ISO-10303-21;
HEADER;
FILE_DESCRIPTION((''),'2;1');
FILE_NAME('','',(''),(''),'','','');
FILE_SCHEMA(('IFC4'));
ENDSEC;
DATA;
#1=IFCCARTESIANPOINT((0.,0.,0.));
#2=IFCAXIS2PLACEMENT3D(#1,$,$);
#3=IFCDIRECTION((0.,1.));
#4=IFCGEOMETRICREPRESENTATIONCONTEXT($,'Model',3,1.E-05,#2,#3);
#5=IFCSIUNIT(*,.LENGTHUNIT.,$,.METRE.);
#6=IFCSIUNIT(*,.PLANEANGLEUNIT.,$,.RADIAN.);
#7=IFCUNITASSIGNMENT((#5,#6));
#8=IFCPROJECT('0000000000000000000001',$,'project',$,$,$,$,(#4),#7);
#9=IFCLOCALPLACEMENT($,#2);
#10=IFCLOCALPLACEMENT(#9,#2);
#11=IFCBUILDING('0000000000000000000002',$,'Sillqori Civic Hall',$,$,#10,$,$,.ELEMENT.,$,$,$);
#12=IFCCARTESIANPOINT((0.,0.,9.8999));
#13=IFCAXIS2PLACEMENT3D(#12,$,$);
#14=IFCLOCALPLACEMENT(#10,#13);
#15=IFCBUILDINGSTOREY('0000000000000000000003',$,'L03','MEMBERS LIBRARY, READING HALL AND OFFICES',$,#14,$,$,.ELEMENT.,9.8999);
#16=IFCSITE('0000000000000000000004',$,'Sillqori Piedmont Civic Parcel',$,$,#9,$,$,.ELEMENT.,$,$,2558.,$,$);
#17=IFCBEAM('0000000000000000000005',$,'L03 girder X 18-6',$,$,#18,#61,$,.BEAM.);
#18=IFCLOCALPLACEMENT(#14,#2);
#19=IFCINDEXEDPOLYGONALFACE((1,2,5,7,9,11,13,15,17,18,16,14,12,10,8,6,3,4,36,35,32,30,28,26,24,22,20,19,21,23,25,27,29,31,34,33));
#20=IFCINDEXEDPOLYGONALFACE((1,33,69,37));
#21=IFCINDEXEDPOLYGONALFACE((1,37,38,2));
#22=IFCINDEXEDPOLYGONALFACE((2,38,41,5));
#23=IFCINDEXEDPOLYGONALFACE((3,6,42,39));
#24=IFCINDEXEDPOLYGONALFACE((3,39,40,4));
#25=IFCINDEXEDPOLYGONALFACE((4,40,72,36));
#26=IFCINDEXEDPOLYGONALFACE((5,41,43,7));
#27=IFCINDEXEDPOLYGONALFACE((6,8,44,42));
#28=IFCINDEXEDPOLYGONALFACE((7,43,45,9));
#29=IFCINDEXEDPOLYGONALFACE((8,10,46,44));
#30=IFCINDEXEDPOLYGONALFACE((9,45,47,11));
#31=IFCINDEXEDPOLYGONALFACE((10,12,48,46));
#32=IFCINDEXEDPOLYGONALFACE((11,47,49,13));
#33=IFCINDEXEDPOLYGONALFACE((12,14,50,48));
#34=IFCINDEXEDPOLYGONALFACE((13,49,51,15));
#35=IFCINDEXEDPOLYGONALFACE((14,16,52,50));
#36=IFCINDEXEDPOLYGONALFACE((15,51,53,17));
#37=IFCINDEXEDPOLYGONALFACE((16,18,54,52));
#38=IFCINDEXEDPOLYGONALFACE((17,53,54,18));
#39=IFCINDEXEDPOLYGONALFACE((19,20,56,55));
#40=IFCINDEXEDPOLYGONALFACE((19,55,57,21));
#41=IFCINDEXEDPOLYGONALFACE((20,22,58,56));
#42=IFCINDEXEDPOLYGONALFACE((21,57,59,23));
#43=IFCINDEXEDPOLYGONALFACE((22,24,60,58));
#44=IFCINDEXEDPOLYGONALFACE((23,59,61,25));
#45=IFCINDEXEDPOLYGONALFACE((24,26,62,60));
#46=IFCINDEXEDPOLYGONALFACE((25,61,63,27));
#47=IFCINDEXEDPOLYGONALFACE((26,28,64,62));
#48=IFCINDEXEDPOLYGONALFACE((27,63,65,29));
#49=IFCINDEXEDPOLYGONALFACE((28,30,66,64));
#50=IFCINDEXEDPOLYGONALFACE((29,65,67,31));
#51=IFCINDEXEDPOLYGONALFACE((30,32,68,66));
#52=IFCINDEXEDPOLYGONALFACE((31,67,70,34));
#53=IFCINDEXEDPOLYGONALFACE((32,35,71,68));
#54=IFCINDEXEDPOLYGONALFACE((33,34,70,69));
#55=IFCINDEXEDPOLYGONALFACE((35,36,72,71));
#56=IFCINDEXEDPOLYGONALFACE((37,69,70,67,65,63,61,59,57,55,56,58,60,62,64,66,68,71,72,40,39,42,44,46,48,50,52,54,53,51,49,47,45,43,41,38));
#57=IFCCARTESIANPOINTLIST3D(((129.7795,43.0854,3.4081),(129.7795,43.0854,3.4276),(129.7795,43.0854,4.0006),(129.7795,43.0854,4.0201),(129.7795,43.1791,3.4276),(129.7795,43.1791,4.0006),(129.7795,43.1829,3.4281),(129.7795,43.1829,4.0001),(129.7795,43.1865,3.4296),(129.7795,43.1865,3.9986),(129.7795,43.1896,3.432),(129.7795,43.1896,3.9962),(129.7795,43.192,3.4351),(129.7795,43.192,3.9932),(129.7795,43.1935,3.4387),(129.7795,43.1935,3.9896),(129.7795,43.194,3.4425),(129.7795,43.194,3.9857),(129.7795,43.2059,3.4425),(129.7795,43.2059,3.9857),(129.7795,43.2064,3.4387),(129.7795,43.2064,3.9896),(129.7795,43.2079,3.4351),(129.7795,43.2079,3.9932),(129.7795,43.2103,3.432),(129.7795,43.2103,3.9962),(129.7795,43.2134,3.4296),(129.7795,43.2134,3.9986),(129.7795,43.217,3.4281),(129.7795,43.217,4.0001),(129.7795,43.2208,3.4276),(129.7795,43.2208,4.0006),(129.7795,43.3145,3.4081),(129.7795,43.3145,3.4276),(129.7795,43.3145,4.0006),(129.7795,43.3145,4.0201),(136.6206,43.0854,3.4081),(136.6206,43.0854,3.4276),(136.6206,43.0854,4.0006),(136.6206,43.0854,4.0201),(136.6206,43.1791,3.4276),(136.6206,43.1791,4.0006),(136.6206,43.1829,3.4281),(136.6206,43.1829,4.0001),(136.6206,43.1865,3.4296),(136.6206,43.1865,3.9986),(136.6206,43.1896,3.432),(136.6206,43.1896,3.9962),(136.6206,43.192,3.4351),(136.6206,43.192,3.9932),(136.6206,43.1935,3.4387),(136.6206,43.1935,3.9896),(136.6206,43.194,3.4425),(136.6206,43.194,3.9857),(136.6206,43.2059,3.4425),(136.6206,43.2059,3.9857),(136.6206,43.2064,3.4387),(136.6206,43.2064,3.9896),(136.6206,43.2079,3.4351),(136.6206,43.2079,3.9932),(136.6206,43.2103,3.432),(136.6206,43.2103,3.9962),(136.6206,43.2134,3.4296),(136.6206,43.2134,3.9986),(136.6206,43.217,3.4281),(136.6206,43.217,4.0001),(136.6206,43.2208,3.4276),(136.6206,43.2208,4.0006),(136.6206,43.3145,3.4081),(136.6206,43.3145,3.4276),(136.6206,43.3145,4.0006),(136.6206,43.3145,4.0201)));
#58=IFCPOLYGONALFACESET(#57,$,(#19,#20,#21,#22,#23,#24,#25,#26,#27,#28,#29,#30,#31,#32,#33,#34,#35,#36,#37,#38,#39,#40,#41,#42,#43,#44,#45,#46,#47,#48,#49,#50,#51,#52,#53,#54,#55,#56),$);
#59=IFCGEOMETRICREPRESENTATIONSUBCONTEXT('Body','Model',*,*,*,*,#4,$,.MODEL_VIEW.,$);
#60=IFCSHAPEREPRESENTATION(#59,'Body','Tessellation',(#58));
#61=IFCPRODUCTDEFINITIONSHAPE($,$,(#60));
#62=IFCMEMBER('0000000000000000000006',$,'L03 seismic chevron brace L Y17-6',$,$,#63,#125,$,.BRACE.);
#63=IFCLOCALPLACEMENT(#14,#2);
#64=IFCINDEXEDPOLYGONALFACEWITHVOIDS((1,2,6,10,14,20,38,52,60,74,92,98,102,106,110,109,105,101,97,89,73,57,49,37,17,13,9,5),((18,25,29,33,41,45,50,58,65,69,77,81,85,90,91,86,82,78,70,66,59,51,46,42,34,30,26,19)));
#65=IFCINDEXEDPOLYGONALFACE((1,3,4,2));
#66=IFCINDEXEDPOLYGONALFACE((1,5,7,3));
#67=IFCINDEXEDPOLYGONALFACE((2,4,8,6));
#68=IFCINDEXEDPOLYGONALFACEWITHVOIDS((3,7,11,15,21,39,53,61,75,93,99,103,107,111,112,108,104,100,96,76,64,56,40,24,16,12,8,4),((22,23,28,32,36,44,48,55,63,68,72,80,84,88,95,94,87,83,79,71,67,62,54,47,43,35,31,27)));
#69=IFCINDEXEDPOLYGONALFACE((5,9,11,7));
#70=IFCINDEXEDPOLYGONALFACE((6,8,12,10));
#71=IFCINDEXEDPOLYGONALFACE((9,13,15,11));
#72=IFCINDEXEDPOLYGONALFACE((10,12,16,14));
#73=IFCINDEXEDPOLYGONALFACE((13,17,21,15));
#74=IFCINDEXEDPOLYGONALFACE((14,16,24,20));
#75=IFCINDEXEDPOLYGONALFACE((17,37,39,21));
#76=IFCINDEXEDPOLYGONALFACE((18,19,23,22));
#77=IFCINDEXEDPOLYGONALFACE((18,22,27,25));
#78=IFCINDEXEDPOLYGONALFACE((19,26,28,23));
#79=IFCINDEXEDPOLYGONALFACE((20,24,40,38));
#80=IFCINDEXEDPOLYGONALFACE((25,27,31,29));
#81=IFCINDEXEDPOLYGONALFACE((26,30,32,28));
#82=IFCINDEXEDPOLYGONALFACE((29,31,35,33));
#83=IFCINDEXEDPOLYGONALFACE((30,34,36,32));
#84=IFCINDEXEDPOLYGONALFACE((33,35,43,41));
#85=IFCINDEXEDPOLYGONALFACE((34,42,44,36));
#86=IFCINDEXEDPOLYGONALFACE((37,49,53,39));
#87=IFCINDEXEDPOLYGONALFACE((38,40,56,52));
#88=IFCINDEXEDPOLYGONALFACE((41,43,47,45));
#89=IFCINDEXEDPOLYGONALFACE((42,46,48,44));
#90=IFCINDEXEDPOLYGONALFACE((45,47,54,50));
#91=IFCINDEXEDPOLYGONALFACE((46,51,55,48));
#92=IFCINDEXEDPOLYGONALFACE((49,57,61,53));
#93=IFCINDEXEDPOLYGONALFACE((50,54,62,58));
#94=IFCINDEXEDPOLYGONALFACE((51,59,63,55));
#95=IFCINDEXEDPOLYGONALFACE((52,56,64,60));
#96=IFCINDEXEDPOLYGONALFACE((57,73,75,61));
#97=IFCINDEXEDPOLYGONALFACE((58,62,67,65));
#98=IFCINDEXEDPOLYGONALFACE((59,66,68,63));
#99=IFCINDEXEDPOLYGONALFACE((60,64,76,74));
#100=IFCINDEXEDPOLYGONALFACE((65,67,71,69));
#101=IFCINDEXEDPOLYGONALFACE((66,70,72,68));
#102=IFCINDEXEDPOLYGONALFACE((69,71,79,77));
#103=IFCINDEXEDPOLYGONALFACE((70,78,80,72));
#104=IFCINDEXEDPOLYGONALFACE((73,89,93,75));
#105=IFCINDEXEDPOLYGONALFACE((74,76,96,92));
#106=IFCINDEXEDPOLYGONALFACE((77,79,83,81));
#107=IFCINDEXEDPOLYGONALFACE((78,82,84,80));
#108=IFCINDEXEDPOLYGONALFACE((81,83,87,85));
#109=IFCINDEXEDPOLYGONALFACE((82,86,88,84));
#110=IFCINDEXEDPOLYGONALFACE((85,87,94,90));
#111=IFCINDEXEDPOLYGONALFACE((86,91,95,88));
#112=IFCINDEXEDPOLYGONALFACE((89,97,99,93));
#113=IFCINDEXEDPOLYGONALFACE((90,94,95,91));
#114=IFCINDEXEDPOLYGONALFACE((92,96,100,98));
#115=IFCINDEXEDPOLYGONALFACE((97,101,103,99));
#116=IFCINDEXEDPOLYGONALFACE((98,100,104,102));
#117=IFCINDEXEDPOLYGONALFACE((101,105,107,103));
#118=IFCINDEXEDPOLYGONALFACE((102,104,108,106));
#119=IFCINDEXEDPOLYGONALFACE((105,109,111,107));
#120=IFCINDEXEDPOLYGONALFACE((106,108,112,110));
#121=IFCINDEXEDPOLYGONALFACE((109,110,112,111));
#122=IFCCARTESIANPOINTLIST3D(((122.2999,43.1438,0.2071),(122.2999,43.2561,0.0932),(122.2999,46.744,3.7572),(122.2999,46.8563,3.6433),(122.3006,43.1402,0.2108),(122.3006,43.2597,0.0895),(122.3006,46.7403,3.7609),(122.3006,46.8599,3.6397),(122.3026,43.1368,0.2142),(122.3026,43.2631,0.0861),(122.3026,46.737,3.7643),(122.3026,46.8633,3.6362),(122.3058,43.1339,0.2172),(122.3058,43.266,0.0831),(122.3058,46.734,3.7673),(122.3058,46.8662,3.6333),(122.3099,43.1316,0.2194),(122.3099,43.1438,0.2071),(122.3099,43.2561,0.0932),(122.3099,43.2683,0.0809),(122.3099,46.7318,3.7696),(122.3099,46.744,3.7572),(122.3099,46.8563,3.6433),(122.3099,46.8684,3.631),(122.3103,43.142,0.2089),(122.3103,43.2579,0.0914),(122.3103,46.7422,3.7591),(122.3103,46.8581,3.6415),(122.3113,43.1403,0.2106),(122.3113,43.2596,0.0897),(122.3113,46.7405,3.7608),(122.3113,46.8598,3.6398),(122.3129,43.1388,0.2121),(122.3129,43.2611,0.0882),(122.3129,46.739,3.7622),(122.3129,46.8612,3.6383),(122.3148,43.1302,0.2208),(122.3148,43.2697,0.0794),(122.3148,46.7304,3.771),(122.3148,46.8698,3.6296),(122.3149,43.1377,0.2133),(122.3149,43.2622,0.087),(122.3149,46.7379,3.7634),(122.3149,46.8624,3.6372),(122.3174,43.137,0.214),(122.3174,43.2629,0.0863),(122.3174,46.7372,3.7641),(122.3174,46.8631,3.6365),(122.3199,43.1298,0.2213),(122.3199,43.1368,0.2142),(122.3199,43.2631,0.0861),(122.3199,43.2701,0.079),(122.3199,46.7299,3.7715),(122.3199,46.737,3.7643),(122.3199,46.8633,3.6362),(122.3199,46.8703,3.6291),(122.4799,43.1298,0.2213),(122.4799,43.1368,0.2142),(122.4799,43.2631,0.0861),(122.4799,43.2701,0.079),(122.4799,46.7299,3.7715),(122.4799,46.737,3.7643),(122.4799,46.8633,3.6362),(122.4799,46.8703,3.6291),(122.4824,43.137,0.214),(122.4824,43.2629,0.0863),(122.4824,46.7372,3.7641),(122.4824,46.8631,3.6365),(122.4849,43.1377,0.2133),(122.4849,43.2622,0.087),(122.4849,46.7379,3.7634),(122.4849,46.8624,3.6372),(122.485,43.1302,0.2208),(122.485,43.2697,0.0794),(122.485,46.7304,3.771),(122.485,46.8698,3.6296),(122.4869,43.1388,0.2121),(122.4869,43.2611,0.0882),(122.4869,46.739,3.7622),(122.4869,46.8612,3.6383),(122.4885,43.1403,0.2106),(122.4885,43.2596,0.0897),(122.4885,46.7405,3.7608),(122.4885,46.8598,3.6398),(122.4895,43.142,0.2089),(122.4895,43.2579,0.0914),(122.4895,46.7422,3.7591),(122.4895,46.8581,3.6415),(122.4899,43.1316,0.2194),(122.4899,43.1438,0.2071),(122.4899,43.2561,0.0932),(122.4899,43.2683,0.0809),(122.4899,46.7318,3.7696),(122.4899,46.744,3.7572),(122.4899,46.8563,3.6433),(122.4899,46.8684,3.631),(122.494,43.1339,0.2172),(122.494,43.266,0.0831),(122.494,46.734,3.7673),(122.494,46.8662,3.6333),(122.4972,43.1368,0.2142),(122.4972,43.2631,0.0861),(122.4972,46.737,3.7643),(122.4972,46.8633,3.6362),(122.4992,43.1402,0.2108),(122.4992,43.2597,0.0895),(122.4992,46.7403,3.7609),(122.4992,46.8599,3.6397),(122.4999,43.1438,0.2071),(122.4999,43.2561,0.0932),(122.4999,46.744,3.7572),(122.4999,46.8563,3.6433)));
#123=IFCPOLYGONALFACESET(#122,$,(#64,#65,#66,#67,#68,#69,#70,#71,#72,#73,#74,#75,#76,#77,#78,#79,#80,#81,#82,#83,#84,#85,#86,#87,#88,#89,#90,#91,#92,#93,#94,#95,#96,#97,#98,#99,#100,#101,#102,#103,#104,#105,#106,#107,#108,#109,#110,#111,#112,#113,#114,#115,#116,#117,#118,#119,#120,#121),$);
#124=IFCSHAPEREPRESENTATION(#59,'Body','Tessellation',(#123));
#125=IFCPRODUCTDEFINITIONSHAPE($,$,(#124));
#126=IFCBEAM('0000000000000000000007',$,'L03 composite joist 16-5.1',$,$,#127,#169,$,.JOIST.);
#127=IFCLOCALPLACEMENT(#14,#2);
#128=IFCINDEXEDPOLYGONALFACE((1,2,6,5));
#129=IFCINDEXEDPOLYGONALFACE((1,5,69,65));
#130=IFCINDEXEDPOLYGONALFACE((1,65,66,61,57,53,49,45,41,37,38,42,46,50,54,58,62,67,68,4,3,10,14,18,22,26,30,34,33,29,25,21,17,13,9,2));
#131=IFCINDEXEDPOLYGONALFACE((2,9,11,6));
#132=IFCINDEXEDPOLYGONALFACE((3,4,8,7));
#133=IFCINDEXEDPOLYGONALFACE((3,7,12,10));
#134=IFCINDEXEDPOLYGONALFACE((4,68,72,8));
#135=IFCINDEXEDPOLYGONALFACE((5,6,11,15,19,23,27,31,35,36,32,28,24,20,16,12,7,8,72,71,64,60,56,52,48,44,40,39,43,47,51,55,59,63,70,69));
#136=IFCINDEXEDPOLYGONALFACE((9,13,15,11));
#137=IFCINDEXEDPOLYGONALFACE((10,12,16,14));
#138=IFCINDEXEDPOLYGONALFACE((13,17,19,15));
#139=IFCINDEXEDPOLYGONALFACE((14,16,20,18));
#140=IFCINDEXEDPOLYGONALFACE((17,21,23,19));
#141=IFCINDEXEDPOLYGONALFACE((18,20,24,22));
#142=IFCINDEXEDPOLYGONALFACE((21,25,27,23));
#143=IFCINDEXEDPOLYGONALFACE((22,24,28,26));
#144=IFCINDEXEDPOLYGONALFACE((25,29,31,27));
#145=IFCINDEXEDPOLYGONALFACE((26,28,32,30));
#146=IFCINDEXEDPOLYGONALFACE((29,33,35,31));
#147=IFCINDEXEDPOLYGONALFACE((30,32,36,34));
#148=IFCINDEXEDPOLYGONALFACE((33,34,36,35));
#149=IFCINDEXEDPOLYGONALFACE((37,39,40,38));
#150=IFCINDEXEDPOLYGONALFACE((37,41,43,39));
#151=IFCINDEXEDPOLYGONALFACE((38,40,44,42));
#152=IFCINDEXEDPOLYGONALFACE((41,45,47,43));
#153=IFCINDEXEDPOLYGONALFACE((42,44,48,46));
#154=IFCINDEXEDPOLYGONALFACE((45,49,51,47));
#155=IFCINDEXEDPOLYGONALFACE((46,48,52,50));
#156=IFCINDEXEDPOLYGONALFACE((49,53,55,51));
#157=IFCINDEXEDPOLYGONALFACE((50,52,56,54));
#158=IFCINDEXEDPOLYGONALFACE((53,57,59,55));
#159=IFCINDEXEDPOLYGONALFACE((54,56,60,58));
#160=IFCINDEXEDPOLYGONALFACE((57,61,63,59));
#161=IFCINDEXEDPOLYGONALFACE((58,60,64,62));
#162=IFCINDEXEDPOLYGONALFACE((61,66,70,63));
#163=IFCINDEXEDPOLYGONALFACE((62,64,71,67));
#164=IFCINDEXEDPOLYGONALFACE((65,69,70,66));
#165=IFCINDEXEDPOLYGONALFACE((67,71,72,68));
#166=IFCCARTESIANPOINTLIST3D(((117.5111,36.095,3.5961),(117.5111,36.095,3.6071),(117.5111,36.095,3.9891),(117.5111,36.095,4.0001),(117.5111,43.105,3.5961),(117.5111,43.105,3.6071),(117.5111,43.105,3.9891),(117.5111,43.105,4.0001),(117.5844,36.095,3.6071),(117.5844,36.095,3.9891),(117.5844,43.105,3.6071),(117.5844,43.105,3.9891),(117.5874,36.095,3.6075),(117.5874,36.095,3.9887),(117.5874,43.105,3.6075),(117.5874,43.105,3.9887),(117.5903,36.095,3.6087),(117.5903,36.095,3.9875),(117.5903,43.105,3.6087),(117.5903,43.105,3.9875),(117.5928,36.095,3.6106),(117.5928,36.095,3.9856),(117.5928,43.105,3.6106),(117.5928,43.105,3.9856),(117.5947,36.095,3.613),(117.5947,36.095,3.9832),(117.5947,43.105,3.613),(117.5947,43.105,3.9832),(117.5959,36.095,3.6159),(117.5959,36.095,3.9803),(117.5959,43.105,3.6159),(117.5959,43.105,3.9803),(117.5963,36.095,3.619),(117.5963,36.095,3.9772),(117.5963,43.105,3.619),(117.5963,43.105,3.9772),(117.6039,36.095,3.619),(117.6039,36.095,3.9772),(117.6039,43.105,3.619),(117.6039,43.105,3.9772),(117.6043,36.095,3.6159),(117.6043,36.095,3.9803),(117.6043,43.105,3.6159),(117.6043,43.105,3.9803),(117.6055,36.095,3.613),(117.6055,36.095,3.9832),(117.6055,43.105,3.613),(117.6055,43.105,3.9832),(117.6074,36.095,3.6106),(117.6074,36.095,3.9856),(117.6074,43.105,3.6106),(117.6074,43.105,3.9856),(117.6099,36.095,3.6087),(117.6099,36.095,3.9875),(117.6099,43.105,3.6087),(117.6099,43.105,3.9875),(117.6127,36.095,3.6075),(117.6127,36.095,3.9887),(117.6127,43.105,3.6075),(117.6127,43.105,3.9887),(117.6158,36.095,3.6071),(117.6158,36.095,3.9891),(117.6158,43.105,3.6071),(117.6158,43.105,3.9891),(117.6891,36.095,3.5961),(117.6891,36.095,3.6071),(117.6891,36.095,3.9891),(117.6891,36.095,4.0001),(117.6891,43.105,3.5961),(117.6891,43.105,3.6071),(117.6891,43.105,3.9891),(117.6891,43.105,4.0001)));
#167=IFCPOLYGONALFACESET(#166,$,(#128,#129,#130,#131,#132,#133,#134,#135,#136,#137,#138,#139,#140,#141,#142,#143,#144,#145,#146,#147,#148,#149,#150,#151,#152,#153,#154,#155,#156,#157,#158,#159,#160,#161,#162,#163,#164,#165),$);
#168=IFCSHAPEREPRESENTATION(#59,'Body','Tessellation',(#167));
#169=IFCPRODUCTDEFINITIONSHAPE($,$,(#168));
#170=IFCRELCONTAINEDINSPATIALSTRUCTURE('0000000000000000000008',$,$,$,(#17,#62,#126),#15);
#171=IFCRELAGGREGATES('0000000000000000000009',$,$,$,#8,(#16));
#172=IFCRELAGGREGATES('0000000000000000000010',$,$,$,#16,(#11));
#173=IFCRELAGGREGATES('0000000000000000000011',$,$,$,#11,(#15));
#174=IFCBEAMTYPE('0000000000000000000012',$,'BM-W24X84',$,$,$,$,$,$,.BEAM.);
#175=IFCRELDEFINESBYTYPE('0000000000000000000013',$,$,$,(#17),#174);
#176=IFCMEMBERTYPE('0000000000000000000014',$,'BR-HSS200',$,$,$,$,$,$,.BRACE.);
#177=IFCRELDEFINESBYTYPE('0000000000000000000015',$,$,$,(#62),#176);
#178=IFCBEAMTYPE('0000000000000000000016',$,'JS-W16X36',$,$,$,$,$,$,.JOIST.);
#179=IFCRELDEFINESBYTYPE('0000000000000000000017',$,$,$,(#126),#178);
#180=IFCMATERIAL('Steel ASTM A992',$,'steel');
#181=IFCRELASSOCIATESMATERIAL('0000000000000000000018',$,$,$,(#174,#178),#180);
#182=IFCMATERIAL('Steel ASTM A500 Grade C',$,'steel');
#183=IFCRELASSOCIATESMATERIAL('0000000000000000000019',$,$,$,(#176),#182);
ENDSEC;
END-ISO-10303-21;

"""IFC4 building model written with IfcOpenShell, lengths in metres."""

from ifc_helpers import new_model, si_unit, direction, frame, origin, origin_2d, place, context, subcontext, project, spatial, hollow_rectangle, i_section, extrude, material, material_profile, profile_set, type_object, element, save


model = new_model("IFC4")

# Units and contexts
model_context = context("Model", 3, precision=1e-05, world=origin(), true_north=direction((0.0, 1.0)))
body_context = subcontext(model_context, "Body", "Model", "MODEL_VIEW")
ifc_project = project(units=[si_unit("LENGTHUNIT", "METRE"), si_unit("PLANEANGLEUNIT", "RADIAN")], contexts=[model_context])

# Site, building, storey
site_placement = place(None, origin())
site = spatial("IfcSite", under=ifc_project, at=site_placement, Name="Sillqori Piedmont Civic Parcel", CompositionType="ELEMENT", RefElevation=2558.0)
building_placement = place(site_placement, origin())
building = spatial("IfcBuilding", under=site, at=building_placement, Name="Sillqori Civic Hall", CompositionType="ELEMENT")
storey_placement = place(building_placement, frame((0.0, 0.0, 9.8999)))
storey = spatial("IfcBuildingStorey", under=building, at=storey_placement, Name="L03", Description="MEMBERS LIBRARY, READING HALL AND OFFICES", CompositionType="ELEMENT", Elevation=9.8999)

# Shared definitions
ifc_material_1 = material(Name="Steel ASTM A992", Category="steel")

# Beam
ifc_material_profile_1 = material_profile(ifc_material_1, i_section(OverallWidth=0.229, OverallDepth=0.6121, WebThickness=0.012, FlangeThickness=0.0195, FilletRadius=0.0149, at=origin_2d()), Name="W24X84")
ifc_profile_set_1 = profile_set([ifc_material_profile_1], Name="Steel ASTM A992")
beam_type_1 = type_object("IfcBeamType", Name="BM-W24X84", PredefinedType="BEAM", material=ifc_profile_set_1)
for number, where, z_axis, x_axis, name in (
    (1, (129.7795, 43.2, 3.7141), (1.0, 0.0, 0.0), (0.0, 1.0, 0.0), "L03 girder X 18-6"),
):
    element("IfcBeam", number, at=place(storey_placement, frame(where, z_axis=z_axis, x_axis=x_axis)), inside=storey, type_object=beam_type_1, Name=name, PredefinedType="BEAM", context=body_context, shape_type="SweptSolid", body=[
        extrude(i_section(OverallWidth=0.229, OverallDepth=0.6121, WebThickness=0.012, FlangeThickness=0.0195, FilletRadius=0.0149, at=origin_2d()), origin(), (0.0, 0.0, 1.0), 6.8411),
    ])

# Member
ifc_material_2 = material(Name="Steel ASTM A500 Grade C", Category="steel")
ifc_material_profile_2 = material_profile(ifc_material_2, hollow_rectangle(XDim=0.2, YDim=0.2, WallThickness=0.01, InnerFilletRadius=0.01, OuterFilletRadius=0.02, at=origin_2d()), Name="HSS200X200X10")
ifc_profile_set_2 = profile_set([ifc_material_profile_2], Name="Steel ASTM A500 Grade C")
member_type = type_object("IfcMemberType", Name="BR-HSS200", PredefinedType="BRACE", material=ifc_profile_set_2)
member_placement = place(storey_placement, frame((122.3999, 43.2, 0.1501), z_axis=(0.0, 0.712039, 0.70214), x_axis=(-1.0, 0.0, 0.0)))
element("IfcMember", 2, at=member_placement, inside=storey, type_object=member_type, Name="L03 seismic chevron brace L Y17-6", PredefinedType="BRACE", context=body_context, shape_type="SweptSolid", body=[
    extrude(hollow_rectangle(XDim=0.2, YDim=0.2, WallThickness=0.01, InnerFilletRadius=0.01, OuterFilletRadius=0.02, at=origin_2d()), origin(), (0.0, 0.0, 1.0), 5.0562),
])

# Beam
ifc_material_profile_3 = material_profile(ifc_material_1, i_section(OverallWidth=0.178, OverallDepth=0.4041, WebThickness=0.0076, FlangeThickness=0.011, FilletRadius=0.012, at=origin_2d()), Name="W16X36")
ifc_profile_set_3 = profile_set([ifc_material_profile_3], Name="Steel ASTM A992")
beam_type_2 = type_object("IfcBeamType", Name="JS-W16X36", PredefinedType="JOIST", material=ifc_profile_set_3)
for number, where, z_axis, x_axis, name in (
    (3, (117.6001, 36.095, 3.7981), (0.0, 1.0, 0.0), (-1.0, 0.0, 0.0), "L03 composite joist 16-5.1"),
):
    element("IfcBeam", number, at=place(storey_placement, frame(where, z_axis=z_axis, x_axis=x_axis)), inside=storey, type_object=beam_type_2, Name=name, PredefinedType="JOIST", context=body_context, shape_type="SweptSolid", body=[
        extrude(i_section(OverallWidth=0.178, OverallDepth=0.4041, WebThickness=0.0076, FlangeThickness=0.011, FilletRadius=0.012, at=origin_2d()), origin(), (0.0, 0.0, 1.0), 7.01),
    ])

save(model, "model.ifc")
